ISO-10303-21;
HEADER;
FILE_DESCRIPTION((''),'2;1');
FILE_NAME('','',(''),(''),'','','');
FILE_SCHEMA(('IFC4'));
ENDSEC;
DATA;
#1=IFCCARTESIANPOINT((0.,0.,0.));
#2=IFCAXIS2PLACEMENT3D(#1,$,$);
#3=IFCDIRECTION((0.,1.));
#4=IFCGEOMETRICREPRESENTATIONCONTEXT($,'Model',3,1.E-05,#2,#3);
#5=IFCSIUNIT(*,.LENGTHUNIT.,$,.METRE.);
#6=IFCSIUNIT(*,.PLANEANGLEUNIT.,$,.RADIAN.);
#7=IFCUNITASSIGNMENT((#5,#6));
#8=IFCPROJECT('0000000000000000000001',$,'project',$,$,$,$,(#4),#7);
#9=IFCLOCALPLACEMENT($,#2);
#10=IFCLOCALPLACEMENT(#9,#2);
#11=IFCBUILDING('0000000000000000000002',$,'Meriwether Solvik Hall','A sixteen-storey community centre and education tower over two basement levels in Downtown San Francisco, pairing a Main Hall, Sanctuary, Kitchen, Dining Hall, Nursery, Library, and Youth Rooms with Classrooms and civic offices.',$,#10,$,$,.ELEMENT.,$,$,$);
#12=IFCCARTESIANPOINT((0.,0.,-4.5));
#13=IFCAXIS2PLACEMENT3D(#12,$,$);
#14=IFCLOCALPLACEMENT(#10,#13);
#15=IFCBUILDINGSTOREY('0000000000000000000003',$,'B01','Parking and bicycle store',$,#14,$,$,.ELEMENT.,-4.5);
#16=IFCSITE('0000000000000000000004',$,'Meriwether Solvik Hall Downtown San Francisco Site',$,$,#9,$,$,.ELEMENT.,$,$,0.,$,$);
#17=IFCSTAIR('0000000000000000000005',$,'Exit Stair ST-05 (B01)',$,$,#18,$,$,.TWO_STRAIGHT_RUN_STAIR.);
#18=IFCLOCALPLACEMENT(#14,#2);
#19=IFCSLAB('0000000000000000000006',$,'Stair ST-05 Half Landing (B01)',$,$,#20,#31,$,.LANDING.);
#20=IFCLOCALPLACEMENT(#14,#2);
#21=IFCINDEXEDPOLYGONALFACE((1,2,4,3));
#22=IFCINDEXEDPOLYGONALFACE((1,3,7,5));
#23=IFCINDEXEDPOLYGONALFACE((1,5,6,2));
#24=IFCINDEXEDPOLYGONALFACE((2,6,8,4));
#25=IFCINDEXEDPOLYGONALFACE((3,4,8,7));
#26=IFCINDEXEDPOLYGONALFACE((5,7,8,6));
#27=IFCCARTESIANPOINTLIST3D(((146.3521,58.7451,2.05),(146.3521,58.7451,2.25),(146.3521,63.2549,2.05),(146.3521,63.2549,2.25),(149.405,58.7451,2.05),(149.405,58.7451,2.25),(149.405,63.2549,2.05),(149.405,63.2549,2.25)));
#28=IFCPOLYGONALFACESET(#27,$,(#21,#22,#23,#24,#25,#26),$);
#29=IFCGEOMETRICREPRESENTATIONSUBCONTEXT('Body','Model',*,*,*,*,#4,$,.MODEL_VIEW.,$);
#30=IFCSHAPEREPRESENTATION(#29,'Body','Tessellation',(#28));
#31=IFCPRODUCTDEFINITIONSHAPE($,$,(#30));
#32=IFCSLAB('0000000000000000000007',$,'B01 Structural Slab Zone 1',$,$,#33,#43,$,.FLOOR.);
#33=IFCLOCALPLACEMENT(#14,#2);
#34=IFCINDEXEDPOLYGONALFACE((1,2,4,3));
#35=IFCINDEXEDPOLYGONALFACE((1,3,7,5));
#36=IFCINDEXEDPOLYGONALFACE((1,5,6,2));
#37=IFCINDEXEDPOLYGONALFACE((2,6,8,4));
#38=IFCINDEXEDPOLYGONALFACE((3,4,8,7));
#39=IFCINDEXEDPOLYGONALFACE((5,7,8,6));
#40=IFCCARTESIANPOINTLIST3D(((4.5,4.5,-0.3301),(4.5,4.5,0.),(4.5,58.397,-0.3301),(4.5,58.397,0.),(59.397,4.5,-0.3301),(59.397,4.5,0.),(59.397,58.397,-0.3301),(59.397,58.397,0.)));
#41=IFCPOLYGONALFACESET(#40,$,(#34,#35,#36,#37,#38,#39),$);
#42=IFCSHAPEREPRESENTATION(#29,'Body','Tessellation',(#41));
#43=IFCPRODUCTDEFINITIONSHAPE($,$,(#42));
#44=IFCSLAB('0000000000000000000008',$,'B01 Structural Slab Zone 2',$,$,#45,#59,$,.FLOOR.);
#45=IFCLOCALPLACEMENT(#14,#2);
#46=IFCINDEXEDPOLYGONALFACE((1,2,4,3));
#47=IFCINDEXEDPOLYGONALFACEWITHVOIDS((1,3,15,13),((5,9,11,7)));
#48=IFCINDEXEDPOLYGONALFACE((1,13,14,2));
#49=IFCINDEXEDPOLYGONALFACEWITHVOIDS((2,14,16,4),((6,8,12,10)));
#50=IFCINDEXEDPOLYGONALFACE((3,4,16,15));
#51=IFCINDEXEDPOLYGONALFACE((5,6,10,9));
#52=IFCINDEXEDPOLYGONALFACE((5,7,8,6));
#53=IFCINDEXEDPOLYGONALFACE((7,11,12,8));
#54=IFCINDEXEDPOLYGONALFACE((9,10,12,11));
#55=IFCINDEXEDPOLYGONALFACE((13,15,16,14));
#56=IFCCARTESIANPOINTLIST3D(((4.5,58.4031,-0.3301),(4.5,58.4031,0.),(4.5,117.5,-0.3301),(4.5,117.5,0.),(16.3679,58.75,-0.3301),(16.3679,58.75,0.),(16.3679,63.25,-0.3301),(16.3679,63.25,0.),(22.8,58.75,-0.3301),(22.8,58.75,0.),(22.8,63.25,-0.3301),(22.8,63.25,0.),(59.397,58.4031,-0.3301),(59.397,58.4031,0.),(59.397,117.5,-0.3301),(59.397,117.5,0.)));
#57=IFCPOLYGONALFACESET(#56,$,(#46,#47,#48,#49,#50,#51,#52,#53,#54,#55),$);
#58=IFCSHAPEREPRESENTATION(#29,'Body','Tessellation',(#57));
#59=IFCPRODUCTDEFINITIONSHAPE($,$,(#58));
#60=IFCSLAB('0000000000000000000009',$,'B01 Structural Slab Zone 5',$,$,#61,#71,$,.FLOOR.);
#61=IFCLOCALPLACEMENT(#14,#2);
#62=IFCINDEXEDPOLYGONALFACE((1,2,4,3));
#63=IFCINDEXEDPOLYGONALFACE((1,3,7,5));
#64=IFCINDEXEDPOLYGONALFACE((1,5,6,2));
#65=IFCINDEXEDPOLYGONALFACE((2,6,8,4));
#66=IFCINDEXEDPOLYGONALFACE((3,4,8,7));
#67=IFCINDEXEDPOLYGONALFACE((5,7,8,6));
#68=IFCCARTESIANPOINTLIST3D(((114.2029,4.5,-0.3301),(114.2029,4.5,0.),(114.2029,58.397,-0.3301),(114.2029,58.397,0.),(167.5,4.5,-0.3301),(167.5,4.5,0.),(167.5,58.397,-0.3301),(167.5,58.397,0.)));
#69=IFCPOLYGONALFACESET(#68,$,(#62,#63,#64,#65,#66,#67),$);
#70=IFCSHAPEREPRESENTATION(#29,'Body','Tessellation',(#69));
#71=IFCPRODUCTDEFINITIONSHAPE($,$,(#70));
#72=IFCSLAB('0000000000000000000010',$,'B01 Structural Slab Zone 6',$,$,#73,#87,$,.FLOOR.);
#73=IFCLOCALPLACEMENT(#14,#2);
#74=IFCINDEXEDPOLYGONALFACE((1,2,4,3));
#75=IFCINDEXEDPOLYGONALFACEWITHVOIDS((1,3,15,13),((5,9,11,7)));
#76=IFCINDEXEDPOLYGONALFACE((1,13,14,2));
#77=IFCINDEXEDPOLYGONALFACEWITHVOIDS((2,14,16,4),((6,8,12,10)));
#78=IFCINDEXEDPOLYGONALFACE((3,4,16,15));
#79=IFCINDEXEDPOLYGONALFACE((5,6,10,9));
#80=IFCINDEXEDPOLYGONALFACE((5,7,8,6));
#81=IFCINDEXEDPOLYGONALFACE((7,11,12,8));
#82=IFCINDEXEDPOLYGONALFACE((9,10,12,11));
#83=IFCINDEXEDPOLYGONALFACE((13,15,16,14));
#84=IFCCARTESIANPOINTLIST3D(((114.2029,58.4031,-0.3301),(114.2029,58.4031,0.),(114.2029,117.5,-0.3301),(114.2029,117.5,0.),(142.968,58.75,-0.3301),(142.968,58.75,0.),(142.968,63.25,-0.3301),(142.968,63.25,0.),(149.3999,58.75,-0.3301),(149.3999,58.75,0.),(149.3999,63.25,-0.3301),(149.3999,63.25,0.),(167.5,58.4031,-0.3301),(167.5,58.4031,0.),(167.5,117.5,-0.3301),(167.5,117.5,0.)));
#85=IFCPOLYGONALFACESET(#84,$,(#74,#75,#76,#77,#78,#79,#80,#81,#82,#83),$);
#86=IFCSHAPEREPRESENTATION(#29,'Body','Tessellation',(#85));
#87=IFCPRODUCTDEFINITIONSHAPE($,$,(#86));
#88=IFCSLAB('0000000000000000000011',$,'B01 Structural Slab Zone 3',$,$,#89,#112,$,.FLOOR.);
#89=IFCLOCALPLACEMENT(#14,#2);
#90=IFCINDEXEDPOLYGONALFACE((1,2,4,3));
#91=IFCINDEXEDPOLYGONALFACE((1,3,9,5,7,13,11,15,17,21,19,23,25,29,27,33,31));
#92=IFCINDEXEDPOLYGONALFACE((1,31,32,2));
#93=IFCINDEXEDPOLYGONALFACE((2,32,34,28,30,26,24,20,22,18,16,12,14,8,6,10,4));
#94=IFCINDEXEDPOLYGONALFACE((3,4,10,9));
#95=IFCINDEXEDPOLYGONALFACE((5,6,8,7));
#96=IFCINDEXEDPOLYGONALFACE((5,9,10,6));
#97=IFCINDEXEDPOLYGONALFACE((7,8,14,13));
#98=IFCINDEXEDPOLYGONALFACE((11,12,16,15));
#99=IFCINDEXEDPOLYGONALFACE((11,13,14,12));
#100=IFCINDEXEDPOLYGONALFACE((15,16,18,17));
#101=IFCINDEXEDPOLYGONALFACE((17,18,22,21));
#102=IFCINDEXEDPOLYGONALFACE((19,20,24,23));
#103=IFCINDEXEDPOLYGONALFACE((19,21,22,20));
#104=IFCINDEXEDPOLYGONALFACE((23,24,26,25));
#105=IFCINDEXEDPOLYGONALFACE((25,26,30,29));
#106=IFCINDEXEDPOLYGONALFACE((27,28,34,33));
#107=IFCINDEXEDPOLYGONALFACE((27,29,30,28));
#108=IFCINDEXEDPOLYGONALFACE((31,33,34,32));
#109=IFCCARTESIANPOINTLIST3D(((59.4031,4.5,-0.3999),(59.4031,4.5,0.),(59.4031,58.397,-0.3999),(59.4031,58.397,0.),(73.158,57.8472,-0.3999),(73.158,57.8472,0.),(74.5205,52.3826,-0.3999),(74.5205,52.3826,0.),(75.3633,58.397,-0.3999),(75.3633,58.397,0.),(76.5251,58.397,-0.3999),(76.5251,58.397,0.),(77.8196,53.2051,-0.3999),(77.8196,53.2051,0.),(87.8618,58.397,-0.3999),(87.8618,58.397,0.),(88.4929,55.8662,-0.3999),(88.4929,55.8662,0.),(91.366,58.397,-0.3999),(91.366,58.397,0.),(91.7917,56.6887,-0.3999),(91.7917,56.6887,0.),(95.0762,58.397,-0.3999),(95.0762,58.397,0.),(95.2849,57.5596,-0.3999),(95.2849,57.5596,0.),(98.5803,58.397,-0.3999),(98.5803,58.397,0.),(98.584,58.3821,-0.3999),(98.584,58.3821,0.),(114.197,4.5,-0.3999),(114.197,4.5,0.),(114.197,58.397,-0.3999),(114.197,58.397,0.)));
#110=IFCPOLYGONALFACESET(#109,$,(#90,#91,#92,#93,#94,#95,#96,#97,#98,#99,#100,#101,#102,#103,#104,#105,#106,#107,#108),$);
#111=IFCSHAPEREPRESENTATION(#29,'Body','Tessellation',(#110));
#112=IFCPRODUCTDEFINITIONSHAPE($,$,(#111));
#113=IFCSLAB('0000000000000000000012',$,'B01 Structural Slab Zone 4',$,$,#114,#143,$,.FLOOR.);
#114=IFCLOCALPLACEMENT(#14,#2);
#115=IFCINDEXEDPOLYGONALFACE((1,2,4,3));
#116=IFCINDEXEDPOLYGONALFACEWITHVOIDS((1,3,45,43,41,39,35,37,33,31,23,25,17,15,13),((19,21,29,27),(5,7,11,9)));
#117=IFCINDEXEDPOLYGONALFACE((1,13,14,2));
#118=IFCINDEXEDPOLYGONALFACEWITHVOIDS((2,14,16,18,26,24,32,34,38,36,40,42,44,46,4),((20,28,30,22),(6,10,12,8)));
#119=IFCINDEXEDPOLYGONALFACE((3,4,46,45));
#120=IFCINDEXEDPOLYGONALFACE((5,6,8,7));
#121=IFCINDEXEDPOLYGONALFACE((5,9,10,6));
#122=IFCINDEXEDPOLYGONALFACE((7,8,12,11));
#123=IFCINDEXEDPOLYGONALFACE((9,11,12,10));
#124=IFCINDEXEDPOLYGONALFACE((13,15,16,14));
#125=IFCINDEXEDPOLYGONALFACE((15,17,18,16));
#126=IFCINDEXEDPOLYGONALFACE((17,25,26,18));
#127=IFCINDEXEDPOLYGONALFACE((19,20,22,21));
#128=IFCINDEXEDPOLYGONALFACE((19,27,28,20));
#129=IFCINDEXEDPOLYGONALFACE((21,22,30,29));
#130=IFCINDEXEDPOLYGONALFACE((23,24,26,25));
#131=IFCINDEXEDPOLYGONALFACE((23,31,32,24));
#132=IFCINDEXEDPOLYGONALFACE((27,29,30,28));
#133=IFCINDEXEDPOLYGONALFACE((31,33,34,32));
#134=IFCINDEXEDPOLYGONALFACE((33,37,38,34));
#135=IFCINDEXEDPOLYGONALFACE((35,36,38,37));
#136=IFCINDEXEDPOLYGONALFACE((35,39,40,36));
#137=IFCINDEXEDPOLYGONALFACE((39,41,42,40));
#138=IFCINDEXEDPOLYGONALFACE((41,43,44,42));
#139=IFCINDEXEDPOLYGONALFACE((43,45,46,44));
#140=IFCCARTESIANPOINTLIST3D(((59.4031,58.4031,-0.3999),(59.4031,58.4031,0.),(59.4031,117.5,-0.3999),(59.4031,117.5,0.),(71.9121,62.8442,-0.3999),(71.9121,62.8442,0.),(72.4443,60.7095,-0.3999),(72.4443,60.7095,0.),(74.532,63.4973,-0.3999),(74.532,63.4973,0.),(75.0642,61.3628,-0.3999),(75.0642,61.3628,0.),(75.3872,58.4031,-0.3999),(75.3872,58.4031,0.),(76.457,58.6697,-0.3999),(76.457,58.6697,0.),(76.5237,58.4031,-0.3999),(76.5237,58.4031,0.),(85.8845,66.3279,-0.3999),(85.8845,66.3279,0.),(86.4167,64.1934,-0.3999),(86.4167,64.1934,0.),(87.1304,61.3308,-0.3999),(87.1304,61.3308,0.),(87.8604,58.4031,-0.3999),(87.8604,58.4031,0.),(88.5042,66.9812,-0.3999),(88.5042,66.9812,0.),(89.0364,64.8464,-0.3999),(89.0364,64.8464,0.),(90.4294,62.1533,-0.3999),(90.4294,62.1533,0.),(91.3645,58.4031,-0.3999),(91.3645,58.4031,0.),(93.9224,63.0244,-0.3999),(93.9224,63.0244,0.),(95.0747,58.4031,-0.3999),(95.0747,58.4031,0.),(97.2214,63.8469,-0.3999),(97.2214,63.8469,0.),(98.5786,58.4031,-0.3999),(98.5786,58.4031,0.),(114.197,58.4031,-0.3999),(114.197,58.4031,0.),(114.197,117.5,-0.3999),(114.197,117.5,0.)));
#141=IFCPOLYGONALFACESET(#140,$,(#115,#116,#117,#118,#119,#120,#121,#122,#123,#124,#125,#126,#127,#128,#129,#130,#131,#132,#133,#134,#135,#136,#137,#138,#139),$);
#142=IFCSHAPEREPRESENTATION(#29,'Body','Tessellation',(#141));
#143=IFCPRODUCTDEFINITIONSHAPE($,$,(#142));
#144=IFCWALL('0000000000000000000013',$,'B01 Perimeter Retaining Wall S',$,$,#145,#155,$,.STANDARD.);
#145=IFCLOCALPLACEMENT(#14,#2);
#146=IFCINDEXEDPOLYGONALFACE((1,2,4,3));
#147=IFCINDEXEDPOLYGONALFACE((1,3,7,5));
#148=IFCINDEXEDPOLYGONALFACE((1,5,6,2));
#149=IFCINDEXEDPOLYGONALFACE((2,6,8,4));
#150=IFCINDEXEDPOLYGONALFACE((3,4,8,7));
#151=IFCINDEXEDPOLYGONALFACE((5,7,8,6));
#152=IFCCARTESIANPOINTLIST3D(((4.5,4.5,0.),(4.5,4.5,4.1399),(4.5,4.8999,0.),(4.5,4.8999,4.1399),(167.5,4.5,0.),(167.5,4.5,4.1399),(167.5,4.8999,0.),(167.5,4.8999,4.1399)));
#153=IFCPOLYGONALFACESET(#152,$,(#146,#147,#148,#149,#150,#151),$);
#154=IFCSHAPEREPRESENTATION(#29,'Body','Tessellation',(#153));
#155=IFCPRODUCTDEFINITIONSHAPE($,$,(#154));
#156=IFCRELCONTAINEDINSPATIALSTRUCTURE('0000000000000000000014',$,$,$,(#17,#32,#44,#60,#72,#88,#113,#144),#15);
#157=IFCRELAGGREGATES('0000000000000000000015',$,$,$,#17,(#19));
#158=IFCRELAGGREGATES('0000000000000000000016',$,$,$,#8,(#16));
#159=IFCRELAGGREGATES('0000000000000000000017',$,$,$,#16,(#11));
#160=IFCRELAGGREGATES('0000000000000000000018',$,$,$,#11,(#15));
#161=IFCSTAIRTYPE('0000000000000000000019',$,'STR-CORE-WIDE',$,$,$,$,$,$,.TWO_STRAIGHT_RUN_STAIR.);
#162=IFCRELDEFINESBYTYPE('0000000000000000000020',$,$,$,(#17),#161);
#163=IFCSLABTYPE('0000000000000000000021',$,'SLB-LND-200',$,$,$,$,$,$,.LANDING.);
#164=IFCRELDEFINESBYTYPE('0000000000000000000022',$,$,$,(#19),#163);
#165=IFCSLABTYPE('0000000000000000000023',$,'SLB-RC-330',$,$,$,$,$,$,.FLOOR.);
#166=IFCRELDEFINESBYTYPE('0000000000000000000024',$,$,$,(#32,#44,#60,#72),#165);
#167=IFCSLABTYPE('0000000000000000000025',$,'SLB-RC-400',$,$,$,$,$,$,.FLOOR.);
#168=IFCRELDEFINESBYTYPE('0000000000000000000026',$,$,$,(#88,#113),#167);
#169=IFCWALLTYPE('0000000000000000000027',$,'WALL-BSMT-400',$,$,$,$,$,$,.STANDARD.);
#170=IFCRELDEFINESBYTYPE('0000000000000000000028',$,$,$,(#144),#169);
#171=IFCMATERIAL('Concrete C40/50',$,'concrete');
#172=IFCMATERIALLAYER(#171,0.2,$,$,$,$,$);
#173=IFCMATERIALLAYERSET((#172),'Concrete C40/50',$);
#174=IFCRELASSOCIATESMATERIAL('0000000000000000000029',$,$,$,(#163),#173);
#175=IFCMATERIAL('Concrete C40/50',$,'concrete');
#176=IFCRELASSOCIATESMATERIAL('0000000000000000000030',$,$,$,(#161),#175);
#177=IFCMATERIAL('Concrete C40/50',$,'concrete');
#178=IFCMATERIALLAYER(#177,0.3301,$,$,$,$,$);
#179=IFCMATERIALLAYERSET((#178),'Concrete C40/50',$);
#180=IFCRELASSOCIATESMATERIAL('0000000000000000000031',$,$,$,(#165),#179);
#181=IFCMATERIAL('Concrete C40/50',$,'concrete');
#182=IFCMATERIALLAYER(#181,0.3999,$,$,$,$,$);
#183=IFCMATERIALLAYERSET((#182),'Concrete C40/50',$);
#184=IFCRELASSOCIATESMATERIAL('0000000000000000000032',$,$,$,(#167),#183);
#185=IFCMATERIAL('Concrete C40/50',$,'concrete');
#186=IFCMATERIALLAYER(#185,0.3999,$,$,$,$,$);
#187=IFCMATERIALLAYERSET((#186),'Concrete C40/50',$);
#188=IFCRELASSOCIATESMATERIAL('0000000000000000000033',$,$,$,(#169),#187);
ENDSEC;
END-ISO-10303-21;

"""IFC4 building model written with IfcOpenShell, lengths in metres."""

from ifc_helpers import new_model, si_unit, direction, frame, frame_2d, origin, place, context, subcontext, project, spatial, polyline, rectangle, outline, extrude, material, layer, layer_set, type_object, element, aggregate, save


model = new_model("IFC4")

# Units and contexts
model_context = context("Model", 3, precision=1e-05, world=origin(), true_north=direction((0.0, 1.0)))
body_context = subcontext(model_context, "Body", "Model", "MODEL_VIEW")
ifc_project = project(units=[si_unit("LENGTHUNIT", "METRE"), si_unit("PLANEANGLEUNIT", "RADIAN")], contexts=[model_context])

# Site, building, storey
site_placement = place(None, origin())
site = spatial("IfcSite", under=ifc_project, at=site_placement, Name="Meriwether Solvik Hall Downtown San Francisco Site", CompositionType="ELEMENT", RefElevation=0.0)
building_placement = place(site_placement, origin())
building = spatial("IfcBuilding", under=site, at=building_placement, Name="Meriwether Solvik Hall", Description="A sixteen-storey community centre and education tower over two basement levels in Downtown San Francisco, pairing a Main Hall, Sanctuary, Kitchen, Dining Hall, Nursery, Library, and Youth Rooms with Classrooms and civic offices.", CompositionType="ELEMENT")
storey_placement = place(building_placement, frame((0.0, 0.0, -4.5)))
storey = spatial("IfcBuildingStorey", under=building, at=storey_placement, Name="B01", Description="Parking and bicycle store", CompositionType="ELEMENT", Elevation=-4.5)

# Stair, slab
ifc_material_1 = material(Name="Concrete C40/50", Category="concrete")
ifc_layer_1 = layer(ifc_material_1, 0.2)
ifc_layer_set_1 = layer_set([ifc_layer_1], Name="Concrete C40/50")
slab_type_1 = type_object("IfcSlabType", Name="SLB-LND-200", PredefinedType="LANDING", material=ifc_layer_set_1)
ifc_material_2 = material(Name="Concrete C40/50", Category="concrete")
stair_type_1 = type_object("IfcStairType", Name="STR-CORE-WIDE", PredefinedType="TWO_STRAIGHT_RUN_STAIR", material=ifc_material_2)
stair_1_placement = place(storey_placement, origin())
stair_1 = element("IfcStair", 1, at=stair_1_placement, inside=storey, type_object=stair_type_1, Name="Exit Stair ST-05 (B01)", PredefinedType="TWO_STRAIGHT_RUN_STAIR")
slab_1_placement = place(storey_placement, frame((0.0, 0.0, 2.05)))
slab_1 = element("IfcSlab", 2, at=slab_1_placement, type_object=slab_type_1, Name="Stair ST-05 Half Landing (B01)", PredefinedType="LANDING", context=body_context, shape_type="SweptSolid", body=[
    extrude(outline(polyline([(146.3521, 58.7451), (149.405, 58.7451), (149.405, 63.2549), (146.3521, 63.2549), (146.3521, 58.7451)])), origin(), (0.0, 0.0, 1.0), 0.2),
])
aggregate(stair_1, [slab_1])

# Slabs
ifc_material_3 = material(Name="Concrete C40/50", Category="concrete")
ifc_layer_2 = layer(ifc_material_3, 0.3301)
ifc_layer_set_2 = layer_set([ifc_layer_2], Name="Concrete C40/50")
slab_type_2 = type_object("IfcSlabType", Name="SLB-RC-330", PredefinedType="FLOOR", material=ifc_layer_set_2)
slab_2_placement = place(storey_placement, frame((0.0, 0.0, -0.3301)))
element("IfcSlab", 3, at=slab_2_placement, inside=storey, type_object=slab_type_2, Name="B01 Structural Slab Zone 1", PredefinedType="FLOOR", context=body_context, shape_type="SweptSolid", body=[
    extrude(outline(polyline([(59.397, 4.5), (4.5, 4.5), (4.5, 58.397), (59.397, 58.397), (59.397, 4.5)])), origin(), (0.0, 0.0, 1.0), 0.3301),
])
slab_3_placement = place(storey_placement, frame((0.0, 0.0, -0.3301)))
element("IfcSlab", 4, at=slab_3_placement, inside=storey, type_object=slab_type_2, Name="B01 Structural Slab Zone 2", PredefinedType="FLOOR", context=body_context, shape_type="SweptSolid", body=[
    extrude(outline(polyline([(4.5, 58.4031), (4.5, 117.5), (59.397, 117.5), (59.397, 58.4031), (4.5, 58.4031)]), holes=[polyline([(22.8, 63.25), (16.3679, 63.25), (16.3679, 58.75), (22.8, 58.75), (22.8, 63.25)])]), origin(), (0.0, 0.0, 1.0), 0.3301),
])
slab_4_placement = place(storey_placement, frame((0.0, 0.0, -0.3301)))
element("IfcSlab", 5, at=slab_4_placement, inside=storey, type_object=slab_type_2, Name="B01 Structural Slab Zone 5", PredefinedType="FLOOR", context=body_context, shape_type="SweptSolid", body=[
    extrude(outline(polyline([(167.5, 58.397), (167.5, 4.5), (114.2029, 4.5), (114.2029, 58.397), (167.5, 58.397)])), origin(), (0.0, 0.0, 1.0), 0.3301),
])
slab_5_placement = place(storey_placement, frame((0.0, 0.0, -0.3301)))
element("IfcSlab", 6, at=slab_5_placement, inside=storey, type_object=slab_type_2, Name="B01 Structural Slab Zone 6", PredefinedType="FLOOR", context=body_context, shape_type="SweptSolid", body=[
    extrude(outline(polyline([(114.2029, 117.5), (167.5, 117.5), (167.5, 58.4031), (114.2029, 58.4031), (114.2029, 117.5)]), holes=[polyline([(149.3999, 63.25), (142.968, 63.25), (142.968, 58.75), (149.3999, 58.75), (149.3999, 63.25)])]), origin(), (0.0, 0.0, 1.0), 0.3301),
])
ifc_material_4 = material(Name="Concrete C40/50", Category="concrete")
ifc_layer_3 = layer(ifc_material_4, 0.3999)
ifc_layer_set_3 = layer_set([ifc_layer_3], Name="Concrete C40/50")
slab_type_3 = type_object("IfcSlabType", Name="SLB-RC-400", PredefinedType="FLOOR", material=ifc_layer_set_3)
slab_6_placement = place(storey_placement, frame((0.0, 0.0, -0.3999)))
element("IfcSlab", 7, at=slab_6_placement, inside=storey, type_object=slab_type_3, Name="B01 Structural Slab Zone 3", PredefinedType="FLOOR", context=body_context, shape_type="SweptSolid", body=[
    extrude(outline(polyline([(75.3633, 58.397), (73.158, 57.8472), (74.5205, 52.3826), (77.8196, 53.2051), (76.5251, 58.397), (87.8618, 58.397), (88.4929, 55.8662), (91.7917, 56.6887), (91.366, 58.397), (95.0762, 58.397), (95.2849, 57.5596), (98.584, 58.3821), (98.5803, 58.397), (114.197, 58.397), (114.197, 4.5), (59.4031, 4.5), (59.4031, 58.397), (75.3633, 58.397)])), origin(), (0.0, 0.0, 1.0), 0.3999),
])
slab_7_placement = place(storey_placement, frame((0.0, 0.0, -0.3999)))
element("IfcSlab", 8, at=slab_7_placement, inside=storey, type_object=slab_type_3, Name="B01 Structural Slab Zone 4", PredefinedType="FLOOR", context=body_context, shape_type="SweptSolid", body=[
    extrude(outline(polyline([(98.5786, 58.4031), (97.2214, 63.8469), (93.9224, 63.0244), (95.0747, 58.4031), (91.3645, 58.4031), (90.4294, 62.1533), (87.1304, 61.3308), (87.8604, 58.4031), (76.5237, 58.4031), (76.457, 58.6697), (75.3872, 58.4031), (59.4031, 58.4031), (59.4031, 117.5), (114.197, 117.5), (114.197, 58.4031), (98.5786, 58.4031)]), holes=[polyline([(74.532, 63.4973), (71.9121, 62.8442), (72.4443, 60.7095), (75.0642, 61.3628), (74.532, 63.4973)]), polyline([(88.5042, 66.9812), (85.8845, 66.3279), (86.4167, 64.1934), (89.0364, 64.8464), (88.5042, 66.9812)])]), origin(), (0.0, 0.0, 1.0), 0.3999),
])

# Wall
ifc_material_5 = material(Name="Concrete C40/50", Category="concrete")
ifc_layer_4 = layer(ifc_material_5, 0.3999)
ifc_layer_set_4 = layer_set([ifc_layer_4], Name="Concrete C40/50")
wall_type = type_object("IfcWallType", Name="WALL-BSMT-400", PredefinedType="STANDARD", material=ifc_layer_set_4)
wall_placement = place(storey_placement, frame((4.5, 4.7, 0.0), z_axis=(0.0, 0.0, 1.0), x_axis=(1.0, 0.0, 0.0)))
element("IfcWall", 9, at=wall_placement, inside=storey, type_object=wall_type, Name="B01 Perimeter Retaining Wall S", PredefinedType="STANDARD", context=body_context, shape_type="SweptSolid", body=[
    extrude(rectangle(XDim=163.0, YDim=0.3999, at=frame_2d((81.5, 0.0))), origin(), (0.0, 0.0, 1.0), 4.1399),
])

save(model, "model.ifc")
